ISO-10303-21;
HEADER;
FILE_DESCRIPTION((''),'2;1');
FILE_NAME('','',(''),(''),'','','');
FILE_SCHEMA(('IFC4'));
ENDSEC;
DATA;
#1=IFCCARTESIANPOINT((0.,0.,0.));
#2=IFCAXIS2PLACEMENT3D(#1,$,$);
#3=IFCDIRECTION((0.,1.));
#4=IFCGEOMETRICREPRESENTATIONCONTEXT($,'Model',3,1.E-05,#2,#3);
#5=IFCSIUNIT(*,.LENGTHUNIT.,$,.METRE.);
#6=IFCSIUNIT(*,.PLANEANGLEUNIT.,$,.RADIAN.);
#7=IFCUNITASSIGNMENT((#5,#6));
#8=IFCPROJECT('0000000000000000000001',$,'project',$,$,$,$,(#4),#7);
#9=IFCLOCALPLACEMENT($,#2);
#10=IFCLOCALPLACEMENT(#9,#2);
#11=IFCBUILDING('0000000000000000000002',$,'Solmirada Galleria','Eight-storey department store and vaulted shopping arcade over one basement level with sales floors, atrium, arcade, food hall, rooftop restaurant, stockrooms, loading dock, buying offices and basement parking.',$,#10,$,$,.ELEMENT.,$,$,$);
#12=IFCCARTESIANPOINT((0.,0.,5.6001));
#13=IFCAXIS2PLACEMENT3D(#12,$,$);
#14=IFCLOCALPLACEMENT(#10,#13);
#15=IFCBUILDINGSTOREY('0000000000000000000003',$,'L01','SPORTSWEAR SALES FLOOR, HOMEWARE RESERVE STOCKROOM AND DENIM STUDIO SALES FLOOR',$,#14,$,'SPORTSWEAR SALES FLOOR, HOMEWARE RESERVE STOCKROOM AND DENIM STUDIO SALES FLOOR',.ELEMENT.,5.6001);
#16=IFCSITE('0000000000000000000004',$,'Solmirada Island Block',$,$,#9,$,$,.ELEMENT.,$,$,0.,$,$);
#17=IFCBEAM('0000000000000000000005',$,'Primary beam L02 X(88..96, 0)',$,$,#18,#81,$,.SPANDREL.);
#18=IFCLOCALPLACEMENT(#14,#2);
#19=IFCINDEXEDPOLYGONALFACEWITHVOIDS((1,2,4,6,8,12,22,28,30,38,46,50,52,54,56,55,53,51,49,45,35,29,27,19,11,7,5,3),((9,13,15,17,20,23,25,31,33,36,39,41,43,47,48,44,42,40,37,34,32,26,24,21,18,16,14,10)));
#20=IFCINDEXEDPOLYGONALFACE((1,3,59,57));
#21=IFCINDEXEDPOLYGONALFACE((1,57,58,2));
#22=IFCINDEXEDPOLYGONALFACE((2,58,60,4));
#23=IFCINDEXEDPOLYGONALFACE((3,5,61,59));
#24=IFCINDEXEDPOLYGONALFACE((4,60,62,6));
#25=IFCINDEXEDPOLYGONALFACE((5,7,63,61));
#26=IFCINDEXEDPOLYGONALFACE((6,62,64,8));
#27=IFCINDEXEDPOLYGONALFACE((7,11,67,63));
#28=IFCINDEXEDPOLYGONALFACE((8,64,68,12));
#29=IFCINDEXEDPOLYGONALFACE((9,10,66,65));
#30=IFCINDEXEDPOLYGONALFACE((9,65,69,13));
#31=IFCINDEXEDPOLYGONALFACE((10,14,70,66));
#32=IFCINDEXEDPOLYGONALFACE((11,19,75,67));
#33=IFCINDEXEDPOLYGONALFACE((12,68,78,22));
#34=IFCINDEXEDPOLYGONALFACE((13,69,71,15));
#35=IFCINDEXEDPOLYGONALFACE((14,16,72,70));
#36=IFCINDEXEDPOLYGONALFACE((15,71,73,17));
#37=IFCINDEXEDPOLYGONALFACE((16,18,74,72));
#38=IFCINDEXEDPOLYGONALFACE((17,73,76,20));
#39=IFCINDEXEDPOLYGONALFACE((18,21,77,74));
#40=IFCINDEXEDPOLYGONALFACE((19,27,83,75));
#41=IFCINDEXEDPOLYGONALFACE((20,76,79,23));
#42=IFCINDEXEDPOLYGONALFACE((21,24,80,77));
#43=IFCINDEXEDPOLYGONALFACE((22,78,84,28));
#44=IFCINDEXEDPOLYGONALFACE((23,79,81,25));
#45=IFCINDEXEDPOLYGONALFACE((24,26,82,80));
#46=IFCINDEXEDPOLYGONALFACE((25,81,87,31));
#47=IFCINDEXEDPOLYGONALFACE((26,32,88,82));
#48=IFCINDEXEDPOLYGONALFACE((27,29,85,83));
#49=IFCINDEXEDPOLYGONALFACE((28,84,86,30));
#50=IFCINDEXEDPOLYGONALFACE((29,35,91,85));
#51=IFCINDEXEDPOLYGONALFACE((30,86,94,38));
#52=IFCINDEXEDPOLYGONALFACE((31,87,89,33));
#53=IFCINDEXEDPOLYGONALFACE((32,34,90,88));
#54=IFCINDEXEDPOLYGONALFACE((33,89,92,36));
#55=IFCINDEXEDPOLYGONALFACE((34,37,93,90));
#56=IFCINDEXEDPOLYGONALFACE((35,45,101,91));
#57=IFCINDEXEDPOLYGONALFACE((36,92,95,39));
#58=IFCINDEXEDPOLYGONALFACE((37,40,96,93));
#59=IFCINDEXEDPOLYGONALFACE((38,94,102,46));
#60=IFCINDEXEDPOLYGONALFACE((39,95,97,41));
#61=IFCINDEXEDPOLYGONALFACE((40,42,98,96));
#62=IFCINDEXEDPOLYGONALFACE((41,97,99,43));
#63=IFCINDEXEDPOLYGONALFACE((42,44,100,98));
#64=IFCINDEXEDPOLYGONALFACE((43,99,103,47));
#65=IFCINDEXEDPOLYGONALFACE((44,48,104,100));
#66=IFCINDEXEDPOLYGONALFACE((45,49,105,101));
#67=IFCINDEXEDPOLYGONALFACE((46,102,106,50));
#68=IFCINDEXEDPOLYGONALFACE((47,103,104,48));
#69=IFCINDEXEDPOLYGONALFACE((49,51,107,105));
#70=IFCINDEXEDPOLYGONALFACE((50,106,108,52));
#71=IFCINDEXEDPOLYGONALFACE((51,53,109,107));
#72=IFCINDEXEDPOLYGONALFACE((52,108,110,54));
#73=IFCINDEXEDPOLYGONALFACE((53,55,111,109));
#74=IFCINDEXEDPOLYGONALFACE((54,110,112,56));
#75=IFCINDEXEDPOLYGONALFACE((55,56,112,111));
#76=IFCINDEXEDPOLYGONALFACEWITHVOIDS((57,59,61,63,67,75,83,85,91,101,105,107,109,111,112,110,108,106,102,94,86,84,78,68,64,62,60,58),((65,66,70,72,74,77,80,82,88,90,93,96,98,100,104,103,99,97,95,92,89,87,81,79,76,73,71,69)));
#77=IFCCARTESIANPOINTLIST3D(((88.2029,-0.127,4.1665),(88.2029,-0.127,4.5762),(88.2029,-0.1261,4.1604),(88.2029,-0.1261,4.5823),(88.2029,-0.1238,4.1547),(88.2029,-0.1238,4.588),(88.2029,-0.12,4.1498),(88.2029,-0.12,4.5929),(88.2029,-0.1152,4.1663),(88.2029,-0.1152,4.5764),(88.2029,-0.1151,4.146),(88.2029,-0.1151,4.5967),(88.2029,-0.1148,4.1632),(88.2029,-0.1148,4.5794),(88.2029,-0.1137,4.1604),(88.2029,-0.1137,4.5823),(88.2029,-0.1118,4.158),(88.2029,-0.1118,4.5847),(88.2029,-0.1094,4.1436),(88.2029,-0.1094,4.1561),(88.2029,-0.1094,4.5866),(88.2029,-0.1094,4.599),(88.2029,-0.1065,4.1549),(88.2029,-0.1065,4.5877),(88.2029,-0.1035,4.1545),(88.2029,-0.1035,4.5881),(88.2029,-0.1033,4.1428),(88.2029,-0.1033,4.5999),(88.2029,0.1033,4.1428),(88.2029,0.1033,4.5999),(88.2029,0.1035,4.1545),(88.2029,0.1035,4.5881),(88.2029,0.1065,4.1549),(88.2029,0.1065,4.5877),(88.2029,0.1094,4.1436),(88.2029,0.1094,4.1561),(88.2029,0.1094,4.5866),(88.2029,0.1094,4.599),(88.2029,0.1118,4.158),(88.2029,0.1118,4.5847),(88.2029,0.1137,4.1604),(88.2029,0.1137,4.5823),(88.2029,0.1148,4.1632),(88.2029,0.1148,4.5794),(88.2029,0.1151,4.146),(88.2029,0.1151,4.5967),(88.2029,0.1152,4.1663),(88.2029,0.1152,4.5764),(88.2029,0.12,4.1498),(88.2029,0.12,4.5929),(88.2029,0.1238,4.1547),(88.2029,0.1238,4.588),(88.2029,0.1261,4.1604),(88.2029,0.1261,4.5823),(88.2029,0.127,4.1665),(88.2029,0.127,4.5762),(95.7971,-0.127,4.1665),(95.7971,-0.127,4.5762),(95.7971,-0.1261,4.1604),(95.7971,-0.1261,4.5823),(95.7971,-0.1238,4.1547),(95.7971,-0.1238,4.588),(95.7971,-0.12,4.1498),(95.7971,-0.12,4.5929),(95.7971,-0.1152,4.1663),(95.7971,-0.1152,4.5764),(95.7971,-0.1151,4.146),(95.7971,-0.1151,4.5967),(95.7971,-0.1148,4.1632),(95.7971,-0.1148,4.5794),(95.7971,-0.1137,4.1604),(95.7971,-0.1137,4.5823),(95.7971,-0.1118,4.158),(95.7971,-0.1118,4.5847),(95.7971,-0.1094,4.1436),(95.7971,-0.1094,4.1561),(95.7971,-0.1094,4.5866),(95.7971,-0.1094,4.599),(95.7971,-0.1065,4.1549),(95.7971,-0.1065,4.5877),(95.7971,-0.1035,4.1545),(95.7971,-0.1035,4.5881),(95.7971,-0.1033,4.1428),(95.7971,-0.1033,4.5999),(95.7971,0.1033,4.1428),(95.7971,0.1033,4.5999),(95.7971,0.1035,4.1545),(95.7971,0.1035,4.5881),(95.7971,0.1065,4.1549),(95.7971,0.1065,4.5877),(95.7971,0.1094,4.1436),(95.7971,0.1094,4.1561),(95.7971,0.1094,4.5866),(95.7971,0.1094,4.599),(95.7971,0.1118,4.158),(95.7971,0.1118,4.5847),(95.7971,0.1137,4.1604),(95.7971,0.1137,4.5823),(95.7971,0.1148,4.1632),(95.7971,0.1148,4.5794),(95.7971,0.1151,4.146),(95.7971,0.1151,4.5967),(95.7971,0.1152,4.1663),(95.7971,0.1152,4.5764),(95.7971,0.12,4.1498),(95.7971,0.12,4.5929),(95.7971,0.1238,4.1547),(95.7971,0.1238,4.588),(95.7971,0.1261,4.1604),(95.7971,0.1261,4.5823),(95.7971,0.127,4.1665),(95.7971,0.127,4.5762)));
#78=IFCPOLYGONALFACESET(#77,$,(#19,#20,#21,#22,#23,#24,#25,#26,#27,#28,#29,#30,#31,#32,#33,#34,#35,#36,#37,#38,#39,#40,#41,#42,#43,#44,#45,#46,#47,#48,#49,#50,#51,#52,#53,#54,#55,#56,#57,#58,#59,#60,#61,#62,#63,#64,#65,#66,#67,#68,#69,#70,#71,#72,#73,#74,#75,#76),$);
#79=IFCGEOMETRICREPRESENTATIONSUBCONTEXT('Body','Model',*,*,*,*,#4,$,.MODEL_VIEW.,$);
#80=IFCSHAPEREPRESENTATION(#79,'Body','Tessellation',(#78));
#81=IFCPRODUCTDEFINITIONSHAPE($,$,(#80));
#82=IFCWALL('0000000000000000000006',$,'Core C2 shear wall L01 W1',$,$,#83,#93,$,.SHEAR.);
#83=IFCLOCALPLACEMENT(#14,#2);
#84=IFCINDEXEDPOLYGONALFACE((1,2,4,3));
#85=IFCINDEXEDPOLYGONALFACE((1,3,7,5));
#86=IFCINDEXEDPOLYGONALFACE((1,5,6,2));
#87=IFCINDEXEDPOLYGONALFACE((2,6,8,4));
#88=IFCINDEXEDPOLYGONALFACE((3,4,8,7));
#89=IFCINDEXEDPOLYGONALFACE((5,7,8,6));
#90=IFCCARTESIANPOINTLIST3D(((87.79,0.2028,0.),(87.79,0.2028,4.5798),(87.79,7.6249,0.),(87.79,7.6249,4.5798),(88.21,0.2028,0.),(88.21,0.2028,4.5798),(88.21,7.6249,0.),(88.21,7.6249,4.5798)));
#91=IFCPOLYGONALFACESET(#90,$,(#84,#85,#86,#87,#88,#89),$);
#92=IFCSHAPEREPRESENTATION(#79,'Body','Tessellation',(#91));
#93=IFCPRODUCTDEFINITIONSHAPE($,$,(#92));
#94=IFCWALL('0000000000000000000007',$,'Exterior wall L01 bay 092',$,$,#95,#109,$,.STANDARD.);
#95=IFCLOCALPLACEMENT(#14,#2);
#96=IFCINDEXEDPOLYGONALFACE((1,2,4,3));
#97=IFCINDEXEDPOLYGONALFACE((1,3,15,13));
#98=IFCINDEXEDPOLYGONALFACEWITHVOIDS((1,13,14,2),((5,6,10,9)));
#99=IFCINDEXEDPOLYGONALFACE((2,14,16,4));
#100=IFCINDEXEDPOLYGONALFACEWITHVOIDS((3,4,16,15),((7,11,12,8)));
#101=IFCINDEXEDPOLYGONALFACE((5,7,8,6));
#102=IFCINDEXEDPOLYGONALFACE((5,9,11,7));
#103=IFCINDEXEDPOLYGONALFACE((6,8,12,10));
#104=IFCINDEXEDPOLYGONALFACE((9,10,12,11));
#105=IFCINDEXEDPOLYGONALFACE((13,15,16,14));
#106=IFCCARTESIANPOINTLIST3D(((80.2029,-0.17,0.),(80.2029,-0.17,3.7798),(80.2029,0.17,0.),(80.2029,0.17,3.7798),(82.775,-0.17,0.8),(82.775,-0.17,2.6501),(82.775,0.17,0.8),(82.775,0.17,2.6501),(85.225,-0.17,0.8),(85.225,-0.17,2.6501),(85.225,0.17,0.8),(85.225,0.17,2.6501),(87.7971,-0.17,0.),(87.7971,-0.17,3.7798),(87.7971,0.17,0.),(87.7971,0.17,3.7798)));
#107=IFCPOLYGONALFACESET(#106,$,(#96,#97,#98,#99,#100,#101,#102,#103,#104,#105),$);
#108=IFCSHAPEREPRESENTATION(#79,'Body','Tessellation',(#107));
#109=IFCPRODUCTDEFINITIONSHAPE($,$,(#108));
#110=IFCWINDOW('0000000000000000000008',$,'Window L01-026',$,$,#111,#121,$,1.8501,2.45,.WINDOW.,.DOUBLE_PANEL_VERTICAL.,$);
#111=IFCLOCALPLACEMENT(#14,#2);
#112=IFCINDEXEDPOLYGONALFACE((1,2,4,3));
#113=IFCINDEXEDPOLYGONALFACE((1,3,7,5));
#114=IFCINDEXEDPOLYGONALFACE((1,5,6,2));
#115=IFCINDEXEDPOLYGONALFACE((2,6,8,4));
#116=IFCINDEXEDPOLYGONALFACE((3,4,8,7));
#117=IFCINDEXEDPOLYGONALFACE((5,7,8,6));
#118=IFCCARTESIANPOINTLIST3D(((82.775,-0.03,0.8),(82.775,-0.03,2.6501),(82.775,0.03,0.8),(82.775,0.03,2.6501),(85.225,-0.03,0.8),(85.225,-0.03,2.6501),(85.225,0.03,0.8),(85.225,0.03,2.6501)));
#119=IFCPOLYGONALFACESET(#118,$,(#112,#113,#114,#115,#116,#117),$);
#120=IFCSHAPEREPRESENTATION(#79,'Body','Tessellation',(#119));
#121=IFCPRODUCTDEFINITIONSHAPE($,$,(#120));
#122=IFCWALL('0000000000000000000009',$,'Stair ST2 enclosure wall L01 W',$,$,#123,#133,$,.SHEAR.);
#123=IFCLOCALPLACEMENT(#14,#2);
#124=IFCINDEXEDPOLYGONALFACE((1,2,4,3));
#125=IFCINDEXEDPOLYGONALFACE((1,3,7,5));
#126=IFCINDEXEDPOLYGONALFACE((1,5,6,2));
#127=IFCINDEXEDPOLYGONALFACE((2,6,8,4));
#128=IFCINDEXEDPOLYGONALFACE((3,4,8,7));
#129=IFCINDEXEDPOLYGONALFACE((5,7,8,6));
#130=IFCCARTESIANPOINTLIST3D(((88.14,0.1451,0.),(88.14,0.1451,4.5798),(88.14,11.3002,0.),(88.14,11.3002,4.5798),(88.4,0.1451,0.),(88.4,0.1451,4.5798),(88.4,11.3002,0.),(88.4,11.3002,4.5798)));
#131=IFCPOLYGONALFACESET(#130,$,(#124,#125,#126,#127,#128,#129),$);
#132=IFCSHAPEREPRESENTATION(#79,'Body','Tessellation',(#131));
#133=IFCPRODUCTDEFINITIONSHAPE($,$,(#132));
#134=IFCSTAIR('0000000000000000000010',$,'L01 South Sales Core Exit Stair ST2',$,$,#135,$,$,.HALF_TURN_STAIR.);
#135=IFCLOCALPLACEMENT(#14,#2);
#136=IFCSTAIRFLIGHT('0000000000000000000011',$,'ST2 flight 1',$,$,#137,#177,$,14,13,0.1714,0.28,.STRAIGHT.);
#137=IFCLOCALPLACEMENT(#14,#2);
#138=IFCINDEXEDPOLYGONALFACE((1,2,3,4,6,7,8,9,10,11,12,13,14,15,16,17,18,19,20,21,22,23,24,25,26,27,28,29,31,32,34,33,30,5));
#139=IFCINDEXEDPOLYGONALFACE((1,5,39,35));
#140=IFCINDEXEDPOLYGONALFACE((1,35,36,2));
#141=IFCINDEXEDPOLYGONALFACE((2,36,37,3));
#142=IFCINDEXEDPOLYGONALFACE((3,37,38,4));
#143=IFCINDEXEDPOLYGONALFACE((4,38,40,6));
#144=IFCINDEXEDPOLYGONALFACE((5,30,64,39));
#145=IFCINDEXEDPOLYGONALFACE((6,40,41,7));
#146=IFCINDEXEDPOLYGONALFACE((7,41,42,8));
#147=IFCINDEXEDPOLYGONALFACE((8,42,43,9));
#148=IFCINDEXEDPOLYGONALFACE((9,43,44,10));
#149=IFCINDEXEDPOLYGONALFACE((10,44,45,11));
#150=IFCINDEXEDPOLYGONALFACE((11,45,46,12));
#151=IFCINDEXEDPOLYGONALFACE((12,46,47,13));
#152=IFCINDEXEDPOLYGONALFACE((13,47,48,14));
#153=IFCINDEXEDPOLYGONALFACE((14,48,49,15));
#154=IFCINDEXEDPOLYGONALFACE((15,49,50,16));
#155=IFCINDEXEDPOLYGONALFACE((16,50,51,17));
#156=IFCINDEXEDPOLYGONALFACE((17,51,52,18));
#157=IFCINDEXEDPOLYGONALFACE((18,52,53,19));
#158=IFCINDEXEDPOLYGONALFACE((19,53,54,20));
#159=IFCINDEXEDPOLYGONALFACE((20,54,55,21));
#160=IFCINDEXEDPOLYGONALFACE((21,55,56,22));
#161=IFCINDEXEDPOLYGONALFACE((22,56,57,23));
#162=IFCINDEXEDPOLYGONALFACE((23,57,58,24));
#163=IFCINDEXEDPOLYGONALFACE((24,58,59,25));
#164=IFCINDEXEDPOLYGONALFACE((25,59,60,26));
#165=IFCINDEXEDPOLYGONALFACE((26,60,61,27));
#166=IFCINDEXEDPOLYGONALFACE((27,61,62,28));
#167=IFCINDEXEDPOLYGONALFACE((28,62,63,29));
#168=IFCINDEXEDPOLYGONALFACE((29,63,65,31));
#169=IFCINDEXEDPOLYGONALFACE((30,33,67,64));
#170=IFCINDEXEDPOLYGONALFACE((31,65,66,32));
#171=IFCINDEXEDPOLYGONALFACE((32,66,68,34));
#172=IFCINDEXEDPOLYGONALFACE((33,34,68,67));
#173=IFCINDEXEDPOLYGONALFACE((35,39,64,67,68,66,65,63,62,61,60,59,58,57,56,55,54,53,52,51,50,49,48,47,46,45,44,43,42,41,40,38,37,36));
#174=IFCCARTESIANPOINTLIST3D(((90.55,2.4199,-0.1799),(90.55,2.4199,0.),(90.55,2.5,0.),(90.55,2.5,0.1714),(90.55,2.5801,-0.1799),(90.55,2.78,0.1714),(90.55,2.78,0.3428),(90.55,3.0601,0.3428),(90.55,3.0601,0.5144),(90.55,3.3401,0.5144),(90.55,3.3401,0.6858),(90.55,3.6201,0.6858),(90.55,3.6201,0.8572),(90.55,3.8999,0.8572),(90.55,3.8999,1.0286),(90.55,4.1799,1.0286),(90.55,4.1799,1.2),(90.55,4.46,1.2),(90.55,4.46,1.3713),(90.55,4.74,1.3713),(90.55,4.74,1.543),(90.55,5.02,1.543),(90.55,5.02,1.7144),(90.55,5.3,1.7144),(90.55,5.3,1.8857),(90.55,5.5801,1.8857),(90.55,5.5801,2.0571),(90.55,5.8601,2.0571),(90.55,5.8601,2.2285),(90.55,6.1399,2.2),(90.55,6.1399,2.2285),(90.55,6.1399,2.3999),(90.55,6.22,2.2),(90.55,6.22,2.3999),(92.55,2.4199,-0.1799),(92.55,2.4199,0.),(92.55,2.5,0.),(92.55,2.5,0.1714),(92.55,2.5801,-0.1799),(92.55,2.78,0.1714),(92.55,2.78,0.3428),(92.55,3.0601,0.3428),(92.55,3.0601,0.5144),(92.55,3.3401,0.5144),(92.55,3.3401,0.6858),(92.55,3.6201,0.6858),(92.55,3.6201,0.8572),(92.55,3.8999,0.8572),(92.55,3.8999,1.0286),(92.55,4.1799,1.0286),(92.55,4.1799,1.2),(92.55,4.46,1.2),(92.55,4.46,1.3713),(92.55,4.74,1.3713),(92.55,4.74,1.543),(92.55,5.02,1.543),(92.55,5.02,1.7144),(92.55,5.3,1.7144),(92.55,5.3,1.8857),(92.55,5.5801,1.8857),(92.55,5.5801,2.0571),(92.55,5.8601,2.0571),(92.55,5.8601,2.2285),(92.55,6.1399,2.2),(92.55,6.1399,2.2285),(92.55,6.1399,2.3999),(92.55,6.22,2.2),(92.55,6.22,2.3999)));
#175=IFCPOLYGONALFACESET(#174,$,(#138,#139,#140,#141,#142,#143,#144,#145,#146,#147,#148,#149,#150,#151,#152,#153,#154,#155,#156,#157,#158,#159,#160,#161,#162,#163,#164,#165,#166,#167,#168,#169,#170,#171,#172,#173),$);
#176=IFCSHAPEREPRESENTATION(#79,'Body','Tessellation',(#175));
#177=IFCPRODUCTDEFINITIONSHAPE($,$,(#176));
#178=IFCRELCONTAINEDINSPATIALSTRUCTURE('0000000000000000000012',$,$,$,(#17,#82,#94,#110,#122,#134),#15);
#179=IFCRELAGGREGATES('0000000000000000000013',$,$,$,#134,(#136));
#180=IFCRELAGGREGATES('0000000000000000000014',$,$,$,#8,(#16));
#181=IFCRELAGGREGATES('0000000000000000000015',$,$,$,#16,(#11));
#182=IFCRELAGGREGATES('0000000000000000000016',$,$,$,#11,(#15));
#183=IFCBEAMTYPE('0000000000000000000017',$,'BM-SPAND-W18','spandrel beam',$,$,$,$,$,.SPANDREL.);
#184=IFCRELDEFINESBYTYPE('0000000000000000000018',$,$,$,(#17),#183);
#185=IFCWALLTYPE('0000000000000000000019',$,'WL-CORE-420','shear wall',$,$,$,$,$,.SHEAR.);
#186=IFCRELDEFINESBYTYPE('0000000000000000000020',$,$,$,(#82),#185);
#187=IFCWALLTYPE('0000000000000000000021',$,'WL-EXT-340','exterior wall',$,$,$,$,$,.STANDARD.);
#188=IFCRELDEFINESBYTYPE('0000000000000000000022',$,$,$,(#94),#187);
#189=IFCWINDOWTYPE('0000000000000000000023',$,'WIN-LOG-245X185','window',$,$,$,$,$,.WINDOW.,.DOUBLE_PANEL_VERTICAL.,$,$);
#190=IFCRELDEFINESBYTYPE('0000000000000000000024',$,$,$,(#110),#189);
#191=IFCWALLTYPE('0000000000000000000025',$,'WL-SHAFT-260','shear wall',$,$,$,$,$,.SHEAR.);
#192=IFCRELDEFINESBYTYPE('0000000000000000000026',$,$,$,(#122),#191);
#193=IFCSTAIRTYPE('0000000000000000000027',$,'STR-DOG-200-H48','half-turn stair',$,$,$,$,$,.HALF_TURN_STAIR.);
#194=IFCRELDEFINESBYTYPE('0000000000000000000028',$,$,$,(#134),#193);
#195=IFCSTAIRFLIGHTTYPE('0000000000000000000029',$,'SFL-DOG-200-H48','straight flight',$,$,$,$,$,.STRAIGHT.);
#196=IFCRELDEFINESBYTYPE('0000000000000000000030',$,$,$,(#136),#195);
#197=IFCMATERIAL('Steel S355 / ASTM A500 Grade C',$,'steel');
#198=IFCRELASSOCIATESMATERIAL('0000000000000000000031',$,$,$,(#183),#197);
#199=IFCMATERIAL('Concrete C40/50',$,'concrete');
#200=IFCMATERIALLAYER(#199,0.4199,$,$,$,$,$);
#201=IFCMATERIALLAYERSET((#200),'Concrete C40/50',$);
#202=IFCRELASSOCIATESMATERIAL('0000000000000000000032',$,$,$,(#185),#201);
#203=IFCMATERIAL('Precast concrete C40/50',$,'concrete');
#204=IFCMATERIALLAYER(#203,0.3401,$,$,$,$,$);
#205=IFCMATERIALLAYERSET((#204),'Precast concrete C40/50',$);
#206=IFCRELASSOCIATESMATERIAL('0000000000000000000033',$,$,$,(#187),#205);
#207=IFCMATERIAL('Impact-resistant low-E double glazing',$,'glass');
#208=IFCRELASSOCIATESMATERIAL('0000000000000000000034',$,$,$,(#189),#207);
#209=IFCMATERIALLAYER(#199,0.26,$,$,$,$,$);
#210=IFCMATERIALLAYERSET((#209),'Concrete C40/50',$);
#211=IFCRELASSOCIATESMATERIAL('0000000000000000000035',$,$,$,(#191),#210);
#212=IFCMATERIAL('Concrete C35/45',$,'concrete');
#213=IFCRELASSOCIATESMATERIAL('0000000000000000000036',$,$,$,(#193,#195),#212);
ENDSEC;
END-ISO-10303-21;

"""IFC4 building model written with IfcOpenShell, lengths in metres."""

from ifc_helpers import new_model, si_unit, direction, frame, frame_2d, origin, origin_2d, place, context, subcontext, project, spatial, polyline, rectangle, hollow_rectangle, outline, extrude, material, layer, layer_set, material_profile, profile_set, type_object, element, fill, aggregate, save


model = new_model("IFC4")

# Units and contexts
model_context = context("Model", 3, precision=1e-05, world=origin(), true_north=direction((0.0, 1.0)))
body_context = subcontext(model_context, "Body", "Model", "MODEL_VIEW")
ifc_project = project(units=[si_unit("LENGTHUNIT", "METRE"), si_unit("PLANEANGLEUNIT", "RADIAN")], contexts=[model_context])

# Site, building, storey
site_placement = place(None, origin())
site = spatial("IfcSite", under=ifc_project, at=site_placement, Name="Solmirada Island Block", CompositionType="ELEMENT", RefElevation=0.0)
building_placement = place(site_placement, origin())
building = spatial("IfcBuilding", under=site, at=building_placement, Name="Solmirada Galleria", Description="Eight-storey department store and vaulted shopping arcade over one basement level with sales floors, atrium, arcade, food hall, rooftop restaurant, stockrooms, loading dock, buying offices and basement parking.", CompositionType="ELEMENT")
storey_placement = place(building_placement, frame((0.0, 0.0, 5.6001)))
storey = spatial("IfcBuildingStorey", under=building, at=storey_placement, Name="L01", Description="SPORTSWEAR SALES FLOOR, HOMEWARE RESERVE STOCKROOM AND DENIM STUDIO SALES FLOOR", LongName="SPORTSWEAR SALES FLOOR, HOMEWARE RESERVE STOCKROOM AND DENIM STUDIO SALES FLOOR", CompositionType="ELEMENT", Elevation=5.6001)

# Shared definitions
ifc_material_1 = material(Name="Steel S355 / ASTM A500 Grade C", Category="steel")
ifc_material_2 = material(Name="Concrete C40/50", Category="concrete")

# Beam
ifc_material_profile_1 = material_profile(ifc_material_1, hollow_rectangle(XDim=0.2539, YDim=0.457, WallThickness=0.0117, InnerFilletRadius=0.0117, OuterFilletRadius=0.0237, at=origin_2d()), Name="HSS18X10X1/2")
ifc_profile_set_1 = profile_set([ifc_material_profile_1], Name="Steel S355 / ASTM A500 Grade C")
beam_type_1 = type_object("IfcBeamType", Name="BM-SPAND-W18", Description="spandrel beam", PredefinedType="SPANDREL", material=ifc_profile_set_1)
beam_1_placement = place(storey_placement, frame((88.2029, 0.0, 4.3713), z_axis=(1.0, 0.0, 0.0), x_axis=(0.0, 1.0, 0.0)))
element("IfcBeam", 1, at=beam_1_placement, inside=storey, type_object=beam_type_1, Name="Primary beam L02 X(88..96, 0)", PredefinedType="SPANDREL", context=body_context, shape_type="SweptSolid", body=[
    extrude(hollow_rectangle(XDim=0.2539, YDim=0.457, WallThickness=0.0117, InnerFilletRadius=0.0117, OuterFilletRadius=0.0237, at=origin_2d()), origin(), (0.0, 0.0, 1.0), 7.5942),
])

# Wall
ifc_layer_1 = layer(ifc_material_2, 0.4199)
ifc_layer_set_1 = layer_set([ifc_layer_1], Name="Concrete C40/50")
wall_type_1 = type_object("IfcWallType", Name="WL-CORE-420", Description="shear wall", PredefinedType="SHEAR", material=ifc_layer_set_1)
wall_1_placement = place(storey_placement, frame((88.0, 0.2029, 0.0), z_axis=(0.0, 0.0, 1.0), x_axis=(0.0, 1.0, 0.0)))
element("IfcWall", 2, at=wall_1_placement, inside=storey, type_object=wall_type_1, Name="Core C2 shear wall L01 W1", PredefinedType="SHEAR", context=body_context, shape_type="SweptSolid", body=[
    extrude(rectangle(XDim=7.4221, YDim=0.4199, at=frame_2d((3.7109, 0.0))), origin(), (0.0, 0.0, 1.0), 4.5798),
])

# Wall, opening, window
ifc_material_3 = material(Name="Precast concrete C40/50", Category="concrete")
ifc_layer_2 = layer(ifc_material_3, 0.3401)
ifc_layer_set_2 = layer_set([ifc_layer_2], Name="Precast concrete C40/50")
wall_type_2 = type_object("IfcWallType", Name="WL-EXT-340", Description="exterior wall", PredefinedType="STANDARD", material=ifc_layer_set_2)
wall_2_placement = place(storey_placement, frame((87.7971, 0.0, 0.0), z_axis=(0.0, 0.0, 1.0), x_axis=(-1.0, 0.0, 0.0)))
wall_2 = element("IfcWall", 3, at=wall_2_placement, inside=storey, type_object=wall_type_2, Name="Exterior wall L01 bay 092", PredefinedType="STANDARD", context=body_context, shape_type="SweptSolid", body=[
    extrude(rectangle(XDim=7.5942, YDim=0.3401, at=frame_2d((3.7971, 0.0))), origin(), (0.0, 0.0, 1.0), 3.7798),
])
opening_1_placement = place(wall_2_placement, frame((2.572, 0.0, 0.8)))
opening_1 = element("IfcOpeningElement", 4, at=opening_1_placement, cuts=wall_2, PredefinedType="OPENING", context=body_context, shape_type="SweptSolid", body=[
    extrude(rectangle(XDim=2.45, YDim=1.8501, at=frame_2d((1.2251, 0.925))), frame((0.0, 0.1799, 0.0), z_axis=(0.0, -1.0, 0.0), x_axis=(1.0, 0.0, 0.0)), (0.0, 0.0, 1.0), 0.3601),
])
ifc_material_4 = material(Name="Impact-resistant low-E double glazing", Category="glass")
window_type = type_object("IfcWindowType", Name="WIN-LOG-245X185", Description="window", PartitioningType="DOUBLE_PANEL_VERTICAL", PredefinedType="WINDOW", material=ifc_material_4)
window_placement = place(opening_1_placement, origin())
window = element("IfcWindow", 5, at=window_placement, inside=storey, type_object=window_type, Name="Window L01-026", OverallHeight=1.8501, OverallWidth=2.45, PartitioningType="DOUBLE_PANEL_VERTICAL", PredefinedType="WINDOW", context=body_context, shape_type="SweptSolid", body=[
    extrude(rectangle(XDim=2.45, YDim=1.8501, at=frame_2d((1.2251, 0.925))), frame((0.0, 0.03, 0.0), z_axis=(0.0, -1.0, 0.0), x_axis=(1.0, 0.0, 0.0)), (0.0, 0.0, 1.0), 0.0601),
])
fill(opening_1, window)

# Wall
ifc_layer_3 = layer(ifc_material_2, 0.26)
ifc_layer_set_3 = layer_set([ifc_layer_3], Name="Concrete C40/50")
wall_type_3 = type_object("IfcWallType", Name="WL-SHAFT-260", Description="shear wall", PredefinedType="SHEAR", material=ifc_layer_set_3)
wall_3_placement = place(storey_placement, frame((88.27, 0.145, 0.0), z_axis=(0.0, 0.0, 1.0), x_axis=(0.0, 1.0, 0.0)))
element("IfcWall", 6, at=wall_3_placement, inside=storey, type_object=wall_type_3, Name="Stair ST2 enclosure wall L01 W", PredefinedType="SHEAR", context=body_context, shape_type="SweptSolid", body=[
    extrude(rectangle(XDim=11.155, YDim=0.26, at=frame_2d((5.5776, 0.0))), origin(), (0.0, 0.0, 1.0), 4.5798),
])

# Stair, stair flight
ifc_material_5 = material(Name="Concrete C35/45", Category="concrete")
stair_type = type_object("IfcStairType", Name="STR-DOG-200-H48", Description="half-turn stair", PredefinedType="HALF_TURN_STAIR", material=ifc_material_5)
stair_placement = place(storey_placement, origin())
stair = element("IfcStair", 7, at=stair_placement, inside=storey, type_object=stair_type, Name="L01 South Sales Core Exit Stair ST2", PredefinedType="HALF_TURN_STAIR")
stair_flight_type = type_object("IfcStairFlightType", Name="SFL-DOG-200-H48", Description="straight flight", PredefinedType="STRAIGHT", material=ifc_material_5)
stair_flight_1_placement = place(storey_placement, frame((91.55, 2.5, 0.0), z_axis=(0.0, 0.0, 1.0), x_axis=(0.0, 1.0, 0.0)))
stair_flight_1 = element("IfcStairFlight", 8, at=stair_flight_1_placement, type_object=stair_flight_type, Name="ST2 flight 1", NumberOfRisers=14, NumberOfTreads=13, PredefinedType="STRAIGHT", RiserHeight=0.1714, TreadLength=0.28, context=body_context, shape_type="SweptSolid", body=[
    extrude(outline(polyline([(-0.0801, 0.0), (0.0, 0.0), (0.0, 0.1714), (0.28, 0.1714), (0.28, 0.3428), (0.5601, 0.3428), (0.5601, 0.5144), (0.8401, 0.5144), (0.8401, 0.6858), (1.1201, 0.6858), (1.1201, 0.8572), (1.3999, 0.8572), (1.3999, 1.0286), (1.6799, 1.0286), (1.6799, 1.2), (1.96, 1.2), (1.96, 1.3713), (2.24, 1.3713), (2.24, 1.543), (2.52, 1.543), (2.52, 1.7144), (2.8, 1.7144), (2.8, 1.8857), (3.0801, 1.8857), (3.0801, 2.0571), (3.3601, 2.0571), (3.3601, 2.2285), (3.6399, 2.2285), (3.6399, 2.3999), (3.72, 2.3999), (3.72, 2.2), (3.6399, 2.2), (0.0801, -0.1799), (-0.0801, -0.1799), (-0.0801, 0.0)])), frame((0.0, 1.0, 0.0), z_axis=(0.0, -1.0, 0.0), x_axis=(1.0, 0.0, 0.0)), (0.0, 0.0, 1.0), 2.0),
])
aggregate(stair, [stair_flight_1])

save(model, "model.ifc")
